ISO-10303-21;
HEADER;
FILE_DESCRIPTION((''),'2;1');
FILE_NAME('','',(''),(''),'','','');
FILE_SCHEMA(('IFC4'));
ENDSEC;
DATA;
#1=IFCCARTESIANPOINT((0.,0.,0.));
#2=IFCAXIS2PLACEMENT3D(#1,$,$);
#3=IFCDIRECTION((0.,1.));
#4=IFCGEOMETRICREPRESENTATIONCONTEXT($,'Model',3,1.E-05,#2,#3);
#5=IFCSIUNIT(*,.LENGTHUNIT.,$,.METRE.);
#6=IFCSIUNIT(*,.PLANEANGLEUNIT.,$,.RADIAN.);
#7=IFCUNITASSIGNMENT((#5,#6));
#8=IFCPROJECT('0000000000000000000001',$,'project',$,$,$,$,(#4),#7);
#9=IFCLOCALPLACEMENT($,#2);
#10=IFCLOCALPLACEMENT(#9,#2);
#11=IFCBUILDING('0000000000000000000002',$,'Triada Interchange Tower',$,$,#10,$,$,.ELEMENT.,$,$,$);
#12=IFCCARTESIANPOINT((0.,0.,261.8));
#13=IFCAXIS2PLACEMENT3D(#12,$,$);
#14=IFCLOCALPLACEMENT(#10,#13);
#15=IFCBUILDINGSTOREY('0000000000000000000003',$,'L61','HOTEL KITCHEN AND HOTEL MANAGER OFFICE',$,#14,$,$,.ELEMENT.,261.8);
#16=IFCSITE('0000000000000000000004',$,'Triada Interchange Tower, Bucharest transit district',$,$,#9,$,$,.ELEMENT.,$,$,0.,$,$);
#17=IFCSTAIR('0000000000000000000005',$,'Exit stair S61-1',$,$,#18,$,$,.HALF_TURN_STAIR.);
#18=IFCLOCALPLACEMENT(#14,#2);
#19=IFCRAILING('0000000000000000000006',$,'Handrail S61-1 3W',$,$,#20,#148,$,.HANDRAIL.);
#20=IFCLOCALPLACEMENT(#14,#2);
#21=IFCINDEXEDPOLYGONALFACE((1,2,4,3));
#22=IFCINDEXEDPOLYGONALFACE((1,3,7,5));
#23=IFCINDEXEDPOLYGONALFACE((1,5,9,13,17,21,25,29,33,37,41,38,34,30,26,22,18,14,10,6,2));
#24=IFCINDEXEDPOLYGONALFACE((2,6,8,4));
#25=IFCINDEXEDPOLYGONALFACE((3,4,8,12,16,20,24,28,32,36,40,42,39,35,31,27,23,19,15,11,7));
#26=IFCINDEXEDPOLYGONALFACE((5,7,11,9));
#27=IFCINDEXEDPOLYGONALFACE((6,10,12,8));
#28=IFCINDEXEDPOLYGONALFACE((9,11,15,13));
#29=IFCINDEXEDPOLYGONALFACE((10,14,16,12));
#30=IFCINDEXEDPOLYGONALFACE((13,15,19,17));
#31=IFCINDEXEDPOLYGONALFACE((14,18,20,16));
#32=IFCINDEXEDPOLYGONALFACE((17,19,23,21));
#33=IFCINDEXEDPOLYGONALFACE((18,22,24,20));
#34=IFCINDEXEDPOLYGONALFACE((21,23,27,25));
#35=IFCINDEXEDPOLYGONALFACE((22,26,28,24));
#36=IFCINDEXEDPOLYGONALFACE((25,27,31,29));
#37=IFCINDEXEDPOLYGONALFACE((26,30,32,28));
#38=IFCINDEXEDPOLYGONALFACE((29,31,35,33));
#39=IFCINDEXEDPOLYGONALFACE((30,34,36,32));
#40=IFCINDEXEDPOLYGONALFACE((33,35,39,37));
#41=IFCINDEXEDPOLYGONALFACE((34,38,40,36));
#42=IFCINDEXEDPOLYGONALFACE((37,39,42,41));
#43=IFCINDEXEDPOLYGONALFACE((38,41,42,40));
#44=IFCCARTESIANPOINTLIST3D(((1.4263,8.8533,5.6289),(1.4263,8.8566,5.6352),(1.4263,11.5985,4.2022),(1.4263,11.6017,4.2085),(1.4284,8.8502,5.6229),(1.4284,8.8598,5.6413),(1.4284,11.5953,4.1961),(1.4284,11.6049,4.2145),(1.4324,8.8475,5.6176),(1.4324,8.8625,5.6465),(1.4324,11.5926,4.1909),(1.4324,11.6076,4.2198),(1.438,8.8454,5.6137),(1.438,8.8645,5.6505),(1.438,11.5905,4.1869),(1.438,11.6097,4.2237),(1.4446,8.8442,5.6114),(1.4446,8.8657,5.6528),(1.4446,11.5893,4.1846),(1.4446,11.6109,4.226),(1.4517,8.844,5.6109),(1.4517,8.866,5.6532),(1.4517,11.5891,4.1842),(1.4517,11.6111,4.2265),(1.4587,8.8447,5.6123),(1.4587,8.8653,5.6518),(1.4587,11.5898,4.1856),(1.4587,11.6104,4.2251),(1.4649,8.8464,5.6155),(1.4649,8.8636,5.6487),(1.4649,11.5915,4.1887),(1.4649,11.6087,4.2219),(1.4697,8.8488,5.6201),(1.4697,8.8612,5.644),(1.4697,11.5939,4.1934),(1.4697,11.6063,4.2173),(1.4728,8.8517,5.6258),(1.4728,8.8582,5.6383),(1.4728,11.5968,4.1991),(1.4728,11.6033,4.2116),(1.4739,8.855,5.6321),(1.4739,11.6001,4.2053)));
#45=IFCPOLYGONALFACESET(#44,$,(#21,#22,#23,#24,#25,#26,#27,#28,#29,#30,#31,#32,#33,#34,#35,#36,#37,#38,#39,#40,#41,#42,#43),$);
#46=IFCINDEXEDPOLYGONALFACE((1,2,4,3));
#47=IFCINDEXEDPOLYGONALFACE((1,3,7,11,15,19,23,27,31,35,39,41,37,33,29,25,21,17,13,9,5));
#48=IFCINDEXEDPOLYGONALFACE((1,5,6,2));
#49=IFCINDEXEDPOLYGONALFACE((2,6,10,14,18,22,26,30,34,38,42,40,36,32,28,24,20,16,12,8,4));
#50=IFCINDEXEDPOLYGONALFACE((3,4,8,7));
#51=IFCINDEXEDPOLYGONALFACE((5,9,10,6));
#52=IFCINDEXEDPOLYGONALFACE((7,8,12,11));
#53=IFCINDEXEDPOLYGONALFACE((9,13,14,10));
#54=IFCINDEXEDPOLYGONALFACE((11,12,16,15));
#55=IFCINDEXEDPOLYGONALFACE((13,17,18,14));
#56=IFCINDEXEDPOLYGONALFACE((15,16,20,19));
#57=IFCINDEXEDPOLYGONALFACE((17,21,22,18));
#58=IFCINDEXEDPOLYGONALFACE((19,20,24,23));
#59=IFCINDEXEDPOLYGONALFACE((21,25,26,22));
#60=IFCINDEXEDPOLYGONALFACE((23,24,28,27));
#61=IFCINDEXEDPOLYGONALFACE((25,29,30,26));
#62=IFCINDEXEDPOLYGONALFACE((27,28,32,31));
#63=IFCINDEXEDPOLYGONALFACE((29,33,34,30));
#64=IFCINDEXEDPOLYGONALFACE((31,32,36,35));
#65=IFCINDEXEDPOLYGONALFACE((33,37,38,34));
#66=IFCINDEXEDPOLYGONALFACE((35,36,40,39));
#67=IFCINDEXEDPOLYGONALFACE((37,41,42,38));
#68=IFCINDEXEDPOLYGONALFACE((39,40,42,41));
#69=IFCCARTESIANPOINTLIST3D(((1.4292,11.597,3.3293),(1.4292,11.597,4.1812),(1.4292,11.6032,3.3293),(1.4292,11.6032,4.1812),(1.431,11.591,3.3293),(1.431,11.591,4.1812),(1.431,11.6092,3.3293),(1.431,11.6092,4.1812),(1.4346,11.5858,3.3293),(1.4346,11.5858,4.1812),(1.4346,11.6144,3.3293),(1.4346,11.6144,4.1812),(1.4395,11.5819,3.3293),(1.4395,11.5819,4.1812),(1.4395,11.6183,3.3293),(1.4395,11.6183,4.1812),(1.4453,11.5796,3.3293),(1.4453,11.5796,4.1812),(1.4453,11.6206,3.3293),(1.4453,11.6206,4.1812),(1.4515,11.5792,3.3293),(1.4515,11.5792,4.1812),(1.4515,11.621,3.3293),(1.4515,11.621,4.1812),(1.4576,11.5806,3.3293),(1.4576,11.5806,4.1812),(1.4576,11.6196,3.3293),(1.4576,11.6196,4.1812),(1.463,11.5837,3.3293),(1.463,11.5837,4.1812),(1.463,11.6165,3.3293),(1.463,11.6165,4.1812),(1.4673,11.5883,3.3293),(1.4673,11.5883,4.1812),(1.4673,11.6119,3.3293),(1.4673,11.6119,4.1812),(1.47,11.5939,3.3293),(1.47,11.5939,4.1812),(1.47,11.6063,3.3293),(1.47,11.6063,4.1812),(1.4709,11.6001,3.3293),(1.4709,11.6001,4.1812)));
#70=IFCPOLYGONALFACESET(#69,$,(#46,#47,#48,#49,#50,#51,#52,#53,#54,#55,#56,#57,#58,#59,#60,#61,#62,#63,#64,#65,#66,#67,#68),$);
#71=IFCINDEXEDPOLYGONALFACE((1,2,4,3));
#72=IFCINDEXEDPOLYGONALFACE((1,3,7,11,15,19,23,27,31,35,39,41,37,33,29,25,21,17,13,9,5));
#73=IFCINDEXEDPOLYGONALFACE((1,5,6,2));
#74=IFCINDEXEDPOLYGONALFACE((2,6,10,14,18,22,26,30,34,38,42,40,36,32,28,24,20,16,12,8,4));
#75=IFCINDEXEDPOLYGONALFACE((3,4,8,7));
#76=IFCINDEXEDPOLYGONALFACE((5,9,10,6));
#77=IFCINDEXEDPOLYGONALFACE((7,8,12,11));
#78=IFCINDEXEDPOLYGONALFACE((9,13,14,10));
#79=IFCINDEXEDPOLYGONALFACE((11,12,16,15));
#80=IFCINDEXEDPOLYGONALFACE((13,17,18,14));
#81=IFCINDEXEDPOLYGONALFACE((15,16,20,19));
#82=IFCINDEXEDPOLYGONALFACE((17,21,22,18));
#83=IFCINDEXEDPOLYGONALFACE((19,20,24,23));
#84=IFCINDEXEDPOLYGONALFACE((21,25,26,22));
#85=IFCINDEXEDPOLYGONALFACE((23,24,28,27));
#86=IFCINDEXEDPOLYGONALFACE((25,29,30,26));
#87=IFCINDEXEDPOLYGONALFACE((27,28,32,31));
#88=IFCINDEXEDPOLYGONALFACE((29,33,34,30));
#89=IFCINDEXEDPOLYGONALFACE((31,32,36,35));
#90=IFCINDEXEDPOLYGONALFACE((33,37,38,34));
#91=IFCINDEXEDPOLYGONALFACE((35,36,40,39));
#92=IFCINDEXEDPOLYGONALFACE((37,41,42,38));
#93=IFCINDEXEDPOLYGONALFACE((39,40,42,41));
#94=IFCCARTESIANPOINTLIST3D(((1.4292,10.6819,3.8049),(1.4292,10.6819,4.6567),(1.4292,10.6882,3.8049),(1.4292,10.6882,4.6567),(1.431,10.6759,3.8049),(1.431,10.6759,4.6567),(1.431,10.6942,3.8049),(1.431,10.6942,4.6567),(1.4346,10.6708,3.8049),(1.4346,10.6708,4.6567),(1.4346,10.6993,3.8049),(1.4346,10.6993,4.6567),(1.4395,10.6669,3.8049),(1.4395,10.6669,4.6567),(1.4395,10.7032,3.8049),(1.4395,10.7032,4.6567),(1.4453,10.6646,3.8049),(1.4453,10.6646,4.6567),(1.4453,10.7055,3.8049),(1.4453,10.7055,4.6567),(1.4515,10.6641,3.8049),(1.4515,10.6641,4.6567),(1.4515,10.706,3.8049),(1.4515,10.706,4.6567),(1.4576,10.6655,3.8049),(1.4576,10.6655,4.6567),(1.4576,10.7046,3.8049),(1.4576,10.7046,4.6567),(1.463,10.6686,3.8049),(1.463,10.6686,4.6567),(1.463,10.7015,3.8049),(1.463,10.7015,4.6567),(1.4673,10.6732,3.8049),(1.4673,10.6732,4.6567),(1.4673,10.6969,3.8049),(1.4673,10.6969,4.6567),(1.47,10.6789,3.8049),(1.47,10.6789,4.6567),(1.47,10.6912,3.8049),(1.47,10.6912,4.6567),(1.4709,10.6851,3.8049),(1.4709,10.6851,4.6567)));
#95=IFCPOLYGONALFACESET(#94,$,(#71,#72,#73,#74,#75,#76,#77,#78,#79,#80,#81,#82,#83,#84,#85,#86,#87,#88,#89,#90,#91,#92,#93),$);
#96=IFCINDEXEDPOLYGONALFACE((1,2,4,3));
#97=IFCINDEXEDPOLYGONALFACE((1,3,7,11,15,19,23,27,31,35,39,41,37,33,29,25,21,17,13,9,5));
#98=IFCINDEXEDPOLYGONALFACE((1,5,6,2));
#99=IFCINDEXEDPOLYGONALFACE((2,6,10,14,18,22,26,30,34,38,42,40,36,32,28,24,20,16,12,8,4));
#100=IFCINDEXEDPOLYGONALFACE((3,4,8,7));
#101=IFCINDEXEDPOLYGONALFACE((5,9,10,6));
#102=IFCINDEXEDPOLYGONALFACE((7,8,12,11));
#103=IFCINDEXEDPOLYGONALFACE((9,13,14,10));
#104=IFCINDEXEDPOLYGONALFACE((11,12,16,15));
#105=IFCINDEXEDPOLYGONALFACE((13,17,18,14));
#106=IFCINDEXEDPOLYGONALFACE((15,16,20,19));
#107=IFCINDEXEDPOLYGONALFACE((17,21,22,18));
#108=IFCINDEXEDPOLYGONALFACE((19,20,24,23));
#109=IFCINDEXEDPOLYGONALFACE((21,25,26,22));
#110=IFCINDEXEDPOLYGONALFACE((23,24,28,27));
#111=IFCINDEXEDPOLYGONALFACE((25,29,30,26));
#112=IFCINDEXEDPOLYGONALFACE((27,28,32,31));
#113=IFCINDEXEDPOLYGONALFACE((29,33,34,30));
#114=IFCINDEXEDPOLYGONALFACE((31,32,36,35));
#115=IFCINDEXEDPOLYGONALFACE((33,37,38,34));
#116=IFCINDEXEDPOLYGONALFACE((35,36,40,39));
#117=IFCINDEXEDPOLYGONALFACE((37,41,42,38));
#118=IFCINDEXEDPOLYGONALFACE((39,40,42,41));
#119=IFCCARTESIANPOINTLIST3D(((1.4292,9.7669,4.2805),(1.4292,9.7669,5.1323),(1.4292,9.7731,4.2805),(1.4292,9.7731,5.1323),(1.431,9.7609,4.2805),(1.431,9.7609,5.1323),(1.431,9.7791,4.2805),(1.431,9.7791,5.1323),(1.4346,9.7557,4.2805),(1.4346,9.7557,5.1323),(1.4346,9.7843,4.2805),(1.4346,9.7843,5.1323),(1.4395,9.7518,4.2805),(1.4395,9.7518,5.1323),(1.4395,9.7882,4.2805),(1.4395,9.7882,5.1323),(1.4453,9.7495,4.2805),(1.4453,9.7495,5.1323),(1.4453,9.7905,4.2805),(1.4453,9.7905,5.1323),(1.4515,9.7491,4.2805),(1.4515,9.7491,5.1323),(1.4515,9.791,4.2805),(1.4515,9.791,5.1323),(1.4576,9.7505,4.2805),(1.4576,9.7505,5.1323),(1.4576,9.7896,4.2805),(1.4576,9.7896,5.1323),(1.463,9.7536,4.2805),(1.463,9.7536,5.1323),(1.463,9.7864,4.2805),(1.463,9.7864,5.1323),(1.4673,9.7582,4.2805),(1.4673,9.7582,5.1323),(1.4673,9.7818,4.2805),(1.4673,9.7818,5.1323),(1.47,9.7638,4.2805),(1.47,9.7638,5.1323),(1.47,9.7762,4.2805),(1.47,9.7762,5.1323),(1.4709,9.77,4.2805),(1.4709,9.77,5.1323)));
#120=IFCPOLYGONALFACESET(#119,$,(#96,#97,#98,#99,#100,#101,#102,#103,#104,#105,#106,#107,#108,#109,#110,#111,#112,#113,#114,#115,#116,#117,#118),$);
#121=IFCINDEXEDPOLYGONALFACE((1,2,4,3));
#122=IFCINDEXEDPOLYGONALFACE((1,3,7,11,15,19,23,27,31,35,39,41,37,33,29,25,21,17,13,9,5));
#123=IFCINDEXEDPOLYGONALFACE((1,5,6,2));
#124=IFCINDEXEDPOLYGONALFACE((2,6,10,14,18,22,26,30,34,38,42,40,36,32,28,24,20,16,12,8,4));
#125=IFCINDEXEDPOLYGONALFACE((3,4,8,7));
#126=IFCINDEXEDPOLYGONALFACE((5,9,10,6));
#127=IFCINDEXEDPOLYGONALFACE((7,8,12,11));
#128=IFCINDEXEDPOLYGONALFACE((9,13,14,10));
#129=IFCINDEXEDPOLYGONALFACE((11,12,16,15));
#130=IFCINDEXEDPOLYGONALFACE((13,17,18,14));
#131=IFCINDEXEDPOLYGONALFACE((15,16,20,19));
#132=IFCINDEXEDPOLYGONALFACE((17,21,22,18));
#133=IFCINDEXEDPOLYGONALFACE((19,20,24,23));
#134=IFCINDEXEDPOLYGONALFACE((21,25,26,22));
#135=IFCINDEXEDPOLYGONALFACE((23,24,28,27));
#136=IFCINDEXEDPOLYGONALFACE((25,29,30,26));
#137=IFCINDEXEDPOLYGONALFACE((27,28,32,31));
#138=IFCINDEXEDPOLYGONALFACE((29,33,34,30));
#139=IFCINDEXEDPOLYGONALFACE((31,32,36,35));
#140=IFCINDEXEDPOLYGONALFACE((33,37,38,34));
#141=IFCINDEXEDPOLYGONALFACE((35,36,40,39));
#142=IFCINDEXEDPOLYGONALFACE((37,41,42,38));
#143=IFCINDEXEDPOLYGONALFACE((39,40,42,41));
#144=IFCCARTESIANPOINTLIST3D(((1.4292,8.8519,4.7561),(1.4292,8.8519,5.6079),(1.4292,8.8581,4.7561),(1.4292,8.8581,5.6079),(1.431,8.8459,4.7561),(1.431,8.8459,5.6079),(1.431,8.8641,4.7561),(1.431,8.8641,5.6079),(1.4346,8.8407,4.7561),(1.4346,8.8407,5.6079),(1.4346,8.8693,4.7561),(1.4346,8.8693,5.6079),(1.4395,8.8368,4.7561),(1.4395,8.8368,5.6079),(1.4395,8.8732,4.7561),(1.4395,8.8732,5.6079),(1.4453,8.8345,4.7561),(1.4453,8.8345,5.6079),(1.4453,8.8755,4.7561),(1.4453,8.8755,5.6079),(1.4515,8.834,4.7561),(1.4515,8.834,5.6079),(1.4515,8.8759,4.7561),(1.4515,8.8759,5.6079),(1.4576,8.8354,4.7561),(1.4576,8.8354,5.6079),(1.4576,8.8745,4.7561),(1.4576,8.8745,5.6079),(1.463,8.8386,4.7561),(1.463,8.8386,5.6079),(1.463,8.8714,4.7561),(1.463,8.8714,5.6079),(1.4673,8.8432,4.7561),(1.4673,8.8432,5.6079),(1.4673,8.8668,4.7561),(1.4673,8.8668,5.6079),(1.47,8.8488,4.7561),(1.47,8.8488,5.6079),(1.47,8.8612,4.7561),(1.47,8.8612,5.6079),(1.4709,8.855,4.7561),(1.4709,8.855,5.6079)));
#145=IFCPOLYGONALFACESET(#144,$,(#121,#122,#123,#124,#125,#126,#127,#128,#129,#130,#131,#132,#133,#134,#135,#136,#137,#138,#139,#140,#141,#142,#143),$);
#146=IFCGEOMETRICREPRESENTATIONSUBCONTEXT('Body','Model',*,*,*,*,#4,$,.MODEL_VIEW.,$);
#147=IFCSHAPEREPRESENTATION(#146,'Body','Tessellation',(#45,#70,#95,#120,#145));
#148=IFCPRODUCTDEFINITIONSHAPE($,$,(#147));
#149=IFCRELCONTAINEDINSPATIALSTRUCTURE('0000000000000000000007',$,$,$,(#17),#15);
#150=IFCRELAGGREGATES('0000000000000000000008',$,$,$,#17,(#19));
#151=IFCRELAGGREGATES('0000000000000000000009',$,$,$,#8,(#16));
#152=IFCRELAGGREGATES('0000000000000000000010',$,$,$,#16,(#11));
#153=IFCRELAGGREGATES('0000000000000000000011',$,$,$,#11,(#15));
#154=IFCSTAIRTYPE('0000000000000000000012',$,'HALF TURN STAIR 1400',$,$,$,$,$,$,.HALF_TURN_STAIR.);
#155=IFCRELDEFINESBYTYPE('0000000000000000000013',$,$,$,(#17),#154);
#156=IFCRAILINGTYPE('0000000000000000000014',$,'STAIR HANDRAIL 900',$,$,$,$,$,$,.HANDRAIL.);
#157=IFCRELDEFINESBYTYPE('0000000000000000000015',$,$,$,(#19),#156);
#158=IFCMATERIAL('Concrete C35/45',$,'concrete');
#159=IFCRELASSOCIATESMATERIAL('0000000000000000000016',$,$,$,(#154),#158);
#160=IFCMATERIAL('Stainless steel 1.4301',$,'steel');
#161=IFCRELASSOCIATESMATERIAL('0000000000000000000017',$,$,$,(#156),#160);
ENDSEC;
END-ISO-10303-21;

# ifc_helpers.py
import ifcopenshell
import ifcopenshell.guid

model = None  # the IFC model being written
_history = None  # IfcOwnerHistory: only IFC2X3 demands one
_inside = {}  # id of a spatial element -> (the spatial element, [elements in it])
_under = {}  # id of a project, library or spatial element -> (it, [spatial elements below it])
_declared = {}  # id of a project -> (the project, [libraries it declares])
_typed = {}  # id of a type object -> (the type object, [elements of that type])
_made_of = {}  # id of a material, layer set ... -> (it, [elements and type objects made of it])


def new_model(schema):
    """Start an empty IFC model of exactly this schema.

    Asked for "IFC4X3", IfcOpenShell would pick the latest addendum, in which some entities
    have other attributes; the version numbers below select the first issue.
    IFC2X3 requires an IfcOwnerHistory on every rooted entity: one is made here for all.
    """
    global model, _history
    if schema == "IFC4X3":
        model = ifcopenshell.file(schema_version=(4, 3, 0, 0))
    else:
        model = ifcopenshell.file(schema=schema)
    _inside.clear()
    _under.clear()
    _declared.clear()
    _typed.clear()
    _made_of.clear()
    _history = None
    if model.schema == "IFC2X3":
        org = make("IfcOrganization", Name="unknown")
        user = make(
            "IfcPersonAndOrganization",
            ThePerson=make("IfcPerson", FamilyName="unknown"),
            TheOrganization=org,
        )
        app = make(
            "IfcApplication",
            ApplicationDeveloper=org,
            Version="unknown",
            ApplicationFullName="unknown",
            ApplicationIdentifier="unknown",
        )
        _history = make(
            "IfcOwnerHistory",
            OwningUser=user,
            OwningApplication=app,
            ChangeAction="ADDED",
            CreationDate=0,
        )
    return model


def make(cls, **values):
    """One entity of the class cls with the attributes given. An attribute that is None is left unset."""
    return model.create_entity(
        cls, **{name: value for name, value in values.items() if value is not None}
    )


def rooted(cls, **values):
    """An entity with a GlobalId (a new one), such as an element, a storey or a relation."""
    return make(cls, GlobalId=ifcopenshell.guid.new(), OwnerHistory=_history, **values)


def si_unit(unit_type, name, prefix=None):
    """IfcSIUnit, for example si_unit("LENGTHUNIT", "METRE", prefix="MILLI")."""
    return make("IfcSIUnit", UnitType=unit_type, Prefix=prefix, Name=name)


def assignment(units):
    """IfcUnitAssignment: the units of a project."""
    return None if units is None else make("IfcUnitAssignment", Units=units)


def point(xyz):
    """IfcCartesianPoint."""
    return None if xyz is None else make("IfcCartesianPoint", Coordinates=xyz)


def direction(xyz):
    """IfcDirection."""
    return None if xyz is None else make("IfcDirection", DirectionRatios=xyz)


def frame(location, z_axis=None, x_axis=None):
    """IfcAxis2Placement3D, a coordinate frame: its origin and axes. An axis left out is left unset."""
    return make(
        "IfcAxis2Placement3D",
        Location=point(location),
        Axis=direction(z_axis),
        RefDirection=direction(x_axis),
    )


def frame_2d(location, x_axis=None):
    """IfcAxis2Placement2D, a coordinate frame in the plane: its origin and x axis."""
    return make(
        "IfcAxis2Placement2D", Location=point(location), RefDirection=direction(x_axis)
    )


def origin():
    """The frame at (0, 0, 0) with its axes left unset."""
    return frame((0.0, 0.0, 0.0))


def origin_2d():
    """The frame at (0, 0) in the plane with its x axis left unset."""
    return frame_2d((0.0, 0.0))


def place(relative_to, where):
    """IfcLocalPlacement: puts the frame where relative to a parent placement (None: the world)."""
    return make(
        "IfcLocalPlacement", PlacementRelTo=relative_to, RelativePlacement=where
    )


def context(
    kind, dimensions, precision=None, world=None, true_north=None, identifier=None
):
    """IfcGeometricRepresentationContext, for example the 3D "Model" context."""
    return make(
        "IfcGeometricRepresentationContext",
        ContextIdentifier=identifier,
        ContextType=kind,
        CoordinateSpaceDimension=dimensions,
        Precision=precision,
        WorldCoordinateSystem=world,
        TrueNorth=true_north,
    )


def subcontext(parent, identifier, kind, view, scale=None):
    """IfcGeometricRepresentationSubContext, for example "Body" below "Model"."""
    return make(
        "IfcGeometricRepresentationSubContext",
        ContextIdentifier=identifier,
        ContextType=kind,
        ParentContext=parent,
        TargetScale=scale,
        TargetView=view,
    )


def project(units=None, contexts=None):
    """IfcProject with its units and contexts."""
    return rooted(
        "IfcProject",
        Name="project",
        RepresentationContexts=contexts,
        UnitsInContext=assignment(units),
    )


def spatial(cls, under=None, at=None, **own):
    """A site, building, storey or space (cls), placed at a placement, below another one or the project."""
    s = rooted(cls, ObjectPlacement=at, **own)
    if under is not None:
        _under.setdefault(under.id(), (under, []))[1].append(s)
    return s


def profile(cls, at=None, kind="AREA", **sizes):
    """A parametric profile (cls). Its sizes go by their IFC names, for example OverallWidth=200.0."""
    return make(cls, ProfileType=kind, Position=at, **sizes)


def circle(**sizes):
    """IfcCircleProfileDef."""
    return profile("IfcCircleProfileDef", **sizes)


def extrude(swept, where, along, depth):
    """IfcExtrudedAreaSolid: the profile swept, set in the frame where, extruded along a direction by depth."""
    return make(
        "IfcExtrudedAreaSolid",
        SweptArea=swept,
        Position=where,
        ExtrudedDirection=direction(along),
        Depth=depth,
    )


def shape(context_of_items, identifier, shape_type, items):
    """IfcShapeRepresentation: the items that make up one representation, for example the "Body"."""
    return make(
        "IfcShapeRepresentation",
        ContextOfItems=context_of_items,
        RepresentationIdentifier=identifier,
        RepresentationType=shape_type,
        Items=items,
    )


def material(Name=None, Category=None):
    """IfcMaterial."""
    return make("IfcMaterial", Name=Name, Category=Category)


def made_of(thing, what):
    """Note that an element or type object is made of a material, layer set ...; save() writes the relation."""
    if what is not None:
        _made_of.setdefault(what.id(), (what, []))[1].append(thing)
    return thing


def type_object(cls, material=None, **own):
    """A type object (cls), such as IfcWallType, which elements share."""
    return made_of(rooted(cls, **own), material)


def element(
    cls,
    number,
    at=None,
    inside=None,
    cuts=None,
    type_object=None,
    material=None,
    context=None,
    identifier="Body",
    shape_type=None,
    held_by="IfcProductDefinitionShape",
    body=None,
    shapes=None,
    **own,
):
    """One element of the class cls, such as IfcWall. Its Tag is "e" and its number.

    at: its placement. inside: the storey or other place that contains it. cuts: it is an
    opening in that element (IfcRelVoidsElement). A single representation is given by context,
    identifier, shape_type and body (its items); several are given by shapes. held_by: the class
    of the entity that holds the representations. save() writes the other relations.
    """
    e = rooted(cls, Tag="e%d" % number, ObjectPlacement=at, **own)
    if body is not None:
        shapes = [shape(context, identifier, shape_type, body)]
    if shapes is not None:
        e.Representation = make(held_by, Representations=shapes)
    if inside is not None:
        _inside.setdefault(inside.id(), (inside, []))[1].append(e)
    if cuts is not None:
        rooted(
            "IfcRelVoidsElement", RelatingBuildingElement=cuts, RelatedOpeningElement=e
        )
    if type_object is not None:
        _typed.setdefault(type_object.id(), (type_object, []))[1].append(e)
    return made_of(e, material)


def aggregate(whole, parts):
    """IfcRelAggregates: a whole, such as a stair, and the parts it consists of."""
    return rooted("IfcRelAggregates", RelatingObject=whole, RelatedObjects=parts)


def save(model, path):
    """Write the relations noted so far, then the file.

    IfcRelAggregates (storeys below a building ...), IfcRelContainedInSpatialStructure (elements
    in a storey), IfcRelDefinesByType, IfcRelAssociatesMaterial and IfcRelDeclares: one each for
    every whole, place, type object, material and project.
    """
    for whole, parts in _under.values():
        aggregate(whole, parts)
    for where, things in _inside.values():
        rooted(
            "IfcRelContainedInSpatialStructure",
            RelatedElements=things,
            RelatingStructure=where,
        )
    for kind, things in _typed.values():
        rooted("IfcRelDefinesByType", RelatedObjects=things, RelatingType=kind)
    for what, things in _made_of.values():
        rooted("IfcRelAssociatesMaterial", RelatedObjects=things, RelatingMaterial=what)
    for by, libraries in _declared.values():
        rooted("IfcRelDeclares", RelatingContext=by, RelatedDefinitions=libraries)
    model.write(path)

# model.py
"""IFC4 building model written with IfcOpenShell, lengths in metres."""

from ifc_helpers import new_model, si_unit, direction, frame, origin, origin_2d, place, context, subcontext, project, spatial, circle, extrude, material, type_object, element, aggregate, save


model = new_model("IFC4")

# Units and contexts
model_context = context("Model", 3, precision=1e-05, world=origin(), true_north=direction((0.0, 1.0)))
body_context = subcontext(model_context, "Body", "Model", "MODEL_VIEW")
ifc_project = project(units=[si_unit("LENGTHUNIT", "METRE"), si_unit("PLANEANGLEUNIT", "RADIAN")], contexts=[model_context])

# Site, building, storey
site_placement = place(None, origin())
site = spatial("IfcSite", under=ifc_project, at=site_placement, Name="Triada Interchange Tower, Bucharest transit district", CompositionType="ELEMENT", RefElevation=0.0)
building_placement = place(site_placement, origin())
building = spatial("IfcBuilding", under=site, at=building_placement, Name="Triada Interchange Tower", CompositionType="ELEMENT")
storey_placement = place(building_placement, frame((0.0, 0.0, 261.8)))
storey = spatial("IfcBuildingStorey", under=building, at=storey_placement, Name="L61", Description="HOTEL KITCHEN AND HOTEL MANAGER OFFICE", CompositionType="ELEMENT", Elevation=261.8)

# Shared definitions
ifc_material_1 = material(Name="Concrete C35/45", Category="concrete")

# Stair
stair_type = type_object("IfcStairType", Name="HALF TURN STAIR 1400", PredefinedType="HALF_TURN_STAIR", material=ifc_material_1)
stair_placement = place(storey_placement, origin())
stair = element("IfcStair", 1, at=stair_placement, inside=storey, type_object=stair_type, Name="Exit stair S61-1", PredefinedType="HALF_TURN_STAIR")

# Railing
ifc_material_2 = material(Name="Stainless steel 1.4301", Category="steel")
railing_type_1 = type_object("IfcRailingType", Name="STAIR HANDRAIL 900", PredefinedType="HANDRAIL", material=ifc_material_2)
railing_1_placement = place(storey_placement, frame((1.45, 11.6001, 3.3293)))
railing_1 = element("IfcRailing", 2, at=railing_1_placement, type_object=railing_type_1, Name="Handrail S61-1 3W", PredefinedType="HANDRAIL", context=body_context, shape_type="SweptSolid", body=[
    extrude(circle(Radius=0.0239, at=origin_2d()), frame((0.0, 0.0, 0.876), z_axis=(0.0, -0.88731, 0.461174), x_axis=(1.0, 0.0, 0.0)), (0.0, 0.0, 1.0), 3.0938),
    extrude(circle(Radius=0.021, at=origin_2d()), origin(), (0.0, 0.0, 1.0), 0.8518),
    extrude(circle(Radius=0.021, at=origin_2d()), frame((0.0, -0.915, 0.4756)), (0.0, 0.0, 1.0), 0.8518),
    extrude(circle(Radius=0.021, at=origin_2d()), frame((0.0, -1.8301, 0.9512)), (0.0, 0.0, 1.0), 0.8518),
    extrude(circle(Radius=0.021, at=origin_2d()), frame((0.0, -2.7451, 1.4268)), (0.0, 0.0, 1.0), 0.8518),
])
aggregate(stair, [railing_1])

save(model, "model.ifc")
